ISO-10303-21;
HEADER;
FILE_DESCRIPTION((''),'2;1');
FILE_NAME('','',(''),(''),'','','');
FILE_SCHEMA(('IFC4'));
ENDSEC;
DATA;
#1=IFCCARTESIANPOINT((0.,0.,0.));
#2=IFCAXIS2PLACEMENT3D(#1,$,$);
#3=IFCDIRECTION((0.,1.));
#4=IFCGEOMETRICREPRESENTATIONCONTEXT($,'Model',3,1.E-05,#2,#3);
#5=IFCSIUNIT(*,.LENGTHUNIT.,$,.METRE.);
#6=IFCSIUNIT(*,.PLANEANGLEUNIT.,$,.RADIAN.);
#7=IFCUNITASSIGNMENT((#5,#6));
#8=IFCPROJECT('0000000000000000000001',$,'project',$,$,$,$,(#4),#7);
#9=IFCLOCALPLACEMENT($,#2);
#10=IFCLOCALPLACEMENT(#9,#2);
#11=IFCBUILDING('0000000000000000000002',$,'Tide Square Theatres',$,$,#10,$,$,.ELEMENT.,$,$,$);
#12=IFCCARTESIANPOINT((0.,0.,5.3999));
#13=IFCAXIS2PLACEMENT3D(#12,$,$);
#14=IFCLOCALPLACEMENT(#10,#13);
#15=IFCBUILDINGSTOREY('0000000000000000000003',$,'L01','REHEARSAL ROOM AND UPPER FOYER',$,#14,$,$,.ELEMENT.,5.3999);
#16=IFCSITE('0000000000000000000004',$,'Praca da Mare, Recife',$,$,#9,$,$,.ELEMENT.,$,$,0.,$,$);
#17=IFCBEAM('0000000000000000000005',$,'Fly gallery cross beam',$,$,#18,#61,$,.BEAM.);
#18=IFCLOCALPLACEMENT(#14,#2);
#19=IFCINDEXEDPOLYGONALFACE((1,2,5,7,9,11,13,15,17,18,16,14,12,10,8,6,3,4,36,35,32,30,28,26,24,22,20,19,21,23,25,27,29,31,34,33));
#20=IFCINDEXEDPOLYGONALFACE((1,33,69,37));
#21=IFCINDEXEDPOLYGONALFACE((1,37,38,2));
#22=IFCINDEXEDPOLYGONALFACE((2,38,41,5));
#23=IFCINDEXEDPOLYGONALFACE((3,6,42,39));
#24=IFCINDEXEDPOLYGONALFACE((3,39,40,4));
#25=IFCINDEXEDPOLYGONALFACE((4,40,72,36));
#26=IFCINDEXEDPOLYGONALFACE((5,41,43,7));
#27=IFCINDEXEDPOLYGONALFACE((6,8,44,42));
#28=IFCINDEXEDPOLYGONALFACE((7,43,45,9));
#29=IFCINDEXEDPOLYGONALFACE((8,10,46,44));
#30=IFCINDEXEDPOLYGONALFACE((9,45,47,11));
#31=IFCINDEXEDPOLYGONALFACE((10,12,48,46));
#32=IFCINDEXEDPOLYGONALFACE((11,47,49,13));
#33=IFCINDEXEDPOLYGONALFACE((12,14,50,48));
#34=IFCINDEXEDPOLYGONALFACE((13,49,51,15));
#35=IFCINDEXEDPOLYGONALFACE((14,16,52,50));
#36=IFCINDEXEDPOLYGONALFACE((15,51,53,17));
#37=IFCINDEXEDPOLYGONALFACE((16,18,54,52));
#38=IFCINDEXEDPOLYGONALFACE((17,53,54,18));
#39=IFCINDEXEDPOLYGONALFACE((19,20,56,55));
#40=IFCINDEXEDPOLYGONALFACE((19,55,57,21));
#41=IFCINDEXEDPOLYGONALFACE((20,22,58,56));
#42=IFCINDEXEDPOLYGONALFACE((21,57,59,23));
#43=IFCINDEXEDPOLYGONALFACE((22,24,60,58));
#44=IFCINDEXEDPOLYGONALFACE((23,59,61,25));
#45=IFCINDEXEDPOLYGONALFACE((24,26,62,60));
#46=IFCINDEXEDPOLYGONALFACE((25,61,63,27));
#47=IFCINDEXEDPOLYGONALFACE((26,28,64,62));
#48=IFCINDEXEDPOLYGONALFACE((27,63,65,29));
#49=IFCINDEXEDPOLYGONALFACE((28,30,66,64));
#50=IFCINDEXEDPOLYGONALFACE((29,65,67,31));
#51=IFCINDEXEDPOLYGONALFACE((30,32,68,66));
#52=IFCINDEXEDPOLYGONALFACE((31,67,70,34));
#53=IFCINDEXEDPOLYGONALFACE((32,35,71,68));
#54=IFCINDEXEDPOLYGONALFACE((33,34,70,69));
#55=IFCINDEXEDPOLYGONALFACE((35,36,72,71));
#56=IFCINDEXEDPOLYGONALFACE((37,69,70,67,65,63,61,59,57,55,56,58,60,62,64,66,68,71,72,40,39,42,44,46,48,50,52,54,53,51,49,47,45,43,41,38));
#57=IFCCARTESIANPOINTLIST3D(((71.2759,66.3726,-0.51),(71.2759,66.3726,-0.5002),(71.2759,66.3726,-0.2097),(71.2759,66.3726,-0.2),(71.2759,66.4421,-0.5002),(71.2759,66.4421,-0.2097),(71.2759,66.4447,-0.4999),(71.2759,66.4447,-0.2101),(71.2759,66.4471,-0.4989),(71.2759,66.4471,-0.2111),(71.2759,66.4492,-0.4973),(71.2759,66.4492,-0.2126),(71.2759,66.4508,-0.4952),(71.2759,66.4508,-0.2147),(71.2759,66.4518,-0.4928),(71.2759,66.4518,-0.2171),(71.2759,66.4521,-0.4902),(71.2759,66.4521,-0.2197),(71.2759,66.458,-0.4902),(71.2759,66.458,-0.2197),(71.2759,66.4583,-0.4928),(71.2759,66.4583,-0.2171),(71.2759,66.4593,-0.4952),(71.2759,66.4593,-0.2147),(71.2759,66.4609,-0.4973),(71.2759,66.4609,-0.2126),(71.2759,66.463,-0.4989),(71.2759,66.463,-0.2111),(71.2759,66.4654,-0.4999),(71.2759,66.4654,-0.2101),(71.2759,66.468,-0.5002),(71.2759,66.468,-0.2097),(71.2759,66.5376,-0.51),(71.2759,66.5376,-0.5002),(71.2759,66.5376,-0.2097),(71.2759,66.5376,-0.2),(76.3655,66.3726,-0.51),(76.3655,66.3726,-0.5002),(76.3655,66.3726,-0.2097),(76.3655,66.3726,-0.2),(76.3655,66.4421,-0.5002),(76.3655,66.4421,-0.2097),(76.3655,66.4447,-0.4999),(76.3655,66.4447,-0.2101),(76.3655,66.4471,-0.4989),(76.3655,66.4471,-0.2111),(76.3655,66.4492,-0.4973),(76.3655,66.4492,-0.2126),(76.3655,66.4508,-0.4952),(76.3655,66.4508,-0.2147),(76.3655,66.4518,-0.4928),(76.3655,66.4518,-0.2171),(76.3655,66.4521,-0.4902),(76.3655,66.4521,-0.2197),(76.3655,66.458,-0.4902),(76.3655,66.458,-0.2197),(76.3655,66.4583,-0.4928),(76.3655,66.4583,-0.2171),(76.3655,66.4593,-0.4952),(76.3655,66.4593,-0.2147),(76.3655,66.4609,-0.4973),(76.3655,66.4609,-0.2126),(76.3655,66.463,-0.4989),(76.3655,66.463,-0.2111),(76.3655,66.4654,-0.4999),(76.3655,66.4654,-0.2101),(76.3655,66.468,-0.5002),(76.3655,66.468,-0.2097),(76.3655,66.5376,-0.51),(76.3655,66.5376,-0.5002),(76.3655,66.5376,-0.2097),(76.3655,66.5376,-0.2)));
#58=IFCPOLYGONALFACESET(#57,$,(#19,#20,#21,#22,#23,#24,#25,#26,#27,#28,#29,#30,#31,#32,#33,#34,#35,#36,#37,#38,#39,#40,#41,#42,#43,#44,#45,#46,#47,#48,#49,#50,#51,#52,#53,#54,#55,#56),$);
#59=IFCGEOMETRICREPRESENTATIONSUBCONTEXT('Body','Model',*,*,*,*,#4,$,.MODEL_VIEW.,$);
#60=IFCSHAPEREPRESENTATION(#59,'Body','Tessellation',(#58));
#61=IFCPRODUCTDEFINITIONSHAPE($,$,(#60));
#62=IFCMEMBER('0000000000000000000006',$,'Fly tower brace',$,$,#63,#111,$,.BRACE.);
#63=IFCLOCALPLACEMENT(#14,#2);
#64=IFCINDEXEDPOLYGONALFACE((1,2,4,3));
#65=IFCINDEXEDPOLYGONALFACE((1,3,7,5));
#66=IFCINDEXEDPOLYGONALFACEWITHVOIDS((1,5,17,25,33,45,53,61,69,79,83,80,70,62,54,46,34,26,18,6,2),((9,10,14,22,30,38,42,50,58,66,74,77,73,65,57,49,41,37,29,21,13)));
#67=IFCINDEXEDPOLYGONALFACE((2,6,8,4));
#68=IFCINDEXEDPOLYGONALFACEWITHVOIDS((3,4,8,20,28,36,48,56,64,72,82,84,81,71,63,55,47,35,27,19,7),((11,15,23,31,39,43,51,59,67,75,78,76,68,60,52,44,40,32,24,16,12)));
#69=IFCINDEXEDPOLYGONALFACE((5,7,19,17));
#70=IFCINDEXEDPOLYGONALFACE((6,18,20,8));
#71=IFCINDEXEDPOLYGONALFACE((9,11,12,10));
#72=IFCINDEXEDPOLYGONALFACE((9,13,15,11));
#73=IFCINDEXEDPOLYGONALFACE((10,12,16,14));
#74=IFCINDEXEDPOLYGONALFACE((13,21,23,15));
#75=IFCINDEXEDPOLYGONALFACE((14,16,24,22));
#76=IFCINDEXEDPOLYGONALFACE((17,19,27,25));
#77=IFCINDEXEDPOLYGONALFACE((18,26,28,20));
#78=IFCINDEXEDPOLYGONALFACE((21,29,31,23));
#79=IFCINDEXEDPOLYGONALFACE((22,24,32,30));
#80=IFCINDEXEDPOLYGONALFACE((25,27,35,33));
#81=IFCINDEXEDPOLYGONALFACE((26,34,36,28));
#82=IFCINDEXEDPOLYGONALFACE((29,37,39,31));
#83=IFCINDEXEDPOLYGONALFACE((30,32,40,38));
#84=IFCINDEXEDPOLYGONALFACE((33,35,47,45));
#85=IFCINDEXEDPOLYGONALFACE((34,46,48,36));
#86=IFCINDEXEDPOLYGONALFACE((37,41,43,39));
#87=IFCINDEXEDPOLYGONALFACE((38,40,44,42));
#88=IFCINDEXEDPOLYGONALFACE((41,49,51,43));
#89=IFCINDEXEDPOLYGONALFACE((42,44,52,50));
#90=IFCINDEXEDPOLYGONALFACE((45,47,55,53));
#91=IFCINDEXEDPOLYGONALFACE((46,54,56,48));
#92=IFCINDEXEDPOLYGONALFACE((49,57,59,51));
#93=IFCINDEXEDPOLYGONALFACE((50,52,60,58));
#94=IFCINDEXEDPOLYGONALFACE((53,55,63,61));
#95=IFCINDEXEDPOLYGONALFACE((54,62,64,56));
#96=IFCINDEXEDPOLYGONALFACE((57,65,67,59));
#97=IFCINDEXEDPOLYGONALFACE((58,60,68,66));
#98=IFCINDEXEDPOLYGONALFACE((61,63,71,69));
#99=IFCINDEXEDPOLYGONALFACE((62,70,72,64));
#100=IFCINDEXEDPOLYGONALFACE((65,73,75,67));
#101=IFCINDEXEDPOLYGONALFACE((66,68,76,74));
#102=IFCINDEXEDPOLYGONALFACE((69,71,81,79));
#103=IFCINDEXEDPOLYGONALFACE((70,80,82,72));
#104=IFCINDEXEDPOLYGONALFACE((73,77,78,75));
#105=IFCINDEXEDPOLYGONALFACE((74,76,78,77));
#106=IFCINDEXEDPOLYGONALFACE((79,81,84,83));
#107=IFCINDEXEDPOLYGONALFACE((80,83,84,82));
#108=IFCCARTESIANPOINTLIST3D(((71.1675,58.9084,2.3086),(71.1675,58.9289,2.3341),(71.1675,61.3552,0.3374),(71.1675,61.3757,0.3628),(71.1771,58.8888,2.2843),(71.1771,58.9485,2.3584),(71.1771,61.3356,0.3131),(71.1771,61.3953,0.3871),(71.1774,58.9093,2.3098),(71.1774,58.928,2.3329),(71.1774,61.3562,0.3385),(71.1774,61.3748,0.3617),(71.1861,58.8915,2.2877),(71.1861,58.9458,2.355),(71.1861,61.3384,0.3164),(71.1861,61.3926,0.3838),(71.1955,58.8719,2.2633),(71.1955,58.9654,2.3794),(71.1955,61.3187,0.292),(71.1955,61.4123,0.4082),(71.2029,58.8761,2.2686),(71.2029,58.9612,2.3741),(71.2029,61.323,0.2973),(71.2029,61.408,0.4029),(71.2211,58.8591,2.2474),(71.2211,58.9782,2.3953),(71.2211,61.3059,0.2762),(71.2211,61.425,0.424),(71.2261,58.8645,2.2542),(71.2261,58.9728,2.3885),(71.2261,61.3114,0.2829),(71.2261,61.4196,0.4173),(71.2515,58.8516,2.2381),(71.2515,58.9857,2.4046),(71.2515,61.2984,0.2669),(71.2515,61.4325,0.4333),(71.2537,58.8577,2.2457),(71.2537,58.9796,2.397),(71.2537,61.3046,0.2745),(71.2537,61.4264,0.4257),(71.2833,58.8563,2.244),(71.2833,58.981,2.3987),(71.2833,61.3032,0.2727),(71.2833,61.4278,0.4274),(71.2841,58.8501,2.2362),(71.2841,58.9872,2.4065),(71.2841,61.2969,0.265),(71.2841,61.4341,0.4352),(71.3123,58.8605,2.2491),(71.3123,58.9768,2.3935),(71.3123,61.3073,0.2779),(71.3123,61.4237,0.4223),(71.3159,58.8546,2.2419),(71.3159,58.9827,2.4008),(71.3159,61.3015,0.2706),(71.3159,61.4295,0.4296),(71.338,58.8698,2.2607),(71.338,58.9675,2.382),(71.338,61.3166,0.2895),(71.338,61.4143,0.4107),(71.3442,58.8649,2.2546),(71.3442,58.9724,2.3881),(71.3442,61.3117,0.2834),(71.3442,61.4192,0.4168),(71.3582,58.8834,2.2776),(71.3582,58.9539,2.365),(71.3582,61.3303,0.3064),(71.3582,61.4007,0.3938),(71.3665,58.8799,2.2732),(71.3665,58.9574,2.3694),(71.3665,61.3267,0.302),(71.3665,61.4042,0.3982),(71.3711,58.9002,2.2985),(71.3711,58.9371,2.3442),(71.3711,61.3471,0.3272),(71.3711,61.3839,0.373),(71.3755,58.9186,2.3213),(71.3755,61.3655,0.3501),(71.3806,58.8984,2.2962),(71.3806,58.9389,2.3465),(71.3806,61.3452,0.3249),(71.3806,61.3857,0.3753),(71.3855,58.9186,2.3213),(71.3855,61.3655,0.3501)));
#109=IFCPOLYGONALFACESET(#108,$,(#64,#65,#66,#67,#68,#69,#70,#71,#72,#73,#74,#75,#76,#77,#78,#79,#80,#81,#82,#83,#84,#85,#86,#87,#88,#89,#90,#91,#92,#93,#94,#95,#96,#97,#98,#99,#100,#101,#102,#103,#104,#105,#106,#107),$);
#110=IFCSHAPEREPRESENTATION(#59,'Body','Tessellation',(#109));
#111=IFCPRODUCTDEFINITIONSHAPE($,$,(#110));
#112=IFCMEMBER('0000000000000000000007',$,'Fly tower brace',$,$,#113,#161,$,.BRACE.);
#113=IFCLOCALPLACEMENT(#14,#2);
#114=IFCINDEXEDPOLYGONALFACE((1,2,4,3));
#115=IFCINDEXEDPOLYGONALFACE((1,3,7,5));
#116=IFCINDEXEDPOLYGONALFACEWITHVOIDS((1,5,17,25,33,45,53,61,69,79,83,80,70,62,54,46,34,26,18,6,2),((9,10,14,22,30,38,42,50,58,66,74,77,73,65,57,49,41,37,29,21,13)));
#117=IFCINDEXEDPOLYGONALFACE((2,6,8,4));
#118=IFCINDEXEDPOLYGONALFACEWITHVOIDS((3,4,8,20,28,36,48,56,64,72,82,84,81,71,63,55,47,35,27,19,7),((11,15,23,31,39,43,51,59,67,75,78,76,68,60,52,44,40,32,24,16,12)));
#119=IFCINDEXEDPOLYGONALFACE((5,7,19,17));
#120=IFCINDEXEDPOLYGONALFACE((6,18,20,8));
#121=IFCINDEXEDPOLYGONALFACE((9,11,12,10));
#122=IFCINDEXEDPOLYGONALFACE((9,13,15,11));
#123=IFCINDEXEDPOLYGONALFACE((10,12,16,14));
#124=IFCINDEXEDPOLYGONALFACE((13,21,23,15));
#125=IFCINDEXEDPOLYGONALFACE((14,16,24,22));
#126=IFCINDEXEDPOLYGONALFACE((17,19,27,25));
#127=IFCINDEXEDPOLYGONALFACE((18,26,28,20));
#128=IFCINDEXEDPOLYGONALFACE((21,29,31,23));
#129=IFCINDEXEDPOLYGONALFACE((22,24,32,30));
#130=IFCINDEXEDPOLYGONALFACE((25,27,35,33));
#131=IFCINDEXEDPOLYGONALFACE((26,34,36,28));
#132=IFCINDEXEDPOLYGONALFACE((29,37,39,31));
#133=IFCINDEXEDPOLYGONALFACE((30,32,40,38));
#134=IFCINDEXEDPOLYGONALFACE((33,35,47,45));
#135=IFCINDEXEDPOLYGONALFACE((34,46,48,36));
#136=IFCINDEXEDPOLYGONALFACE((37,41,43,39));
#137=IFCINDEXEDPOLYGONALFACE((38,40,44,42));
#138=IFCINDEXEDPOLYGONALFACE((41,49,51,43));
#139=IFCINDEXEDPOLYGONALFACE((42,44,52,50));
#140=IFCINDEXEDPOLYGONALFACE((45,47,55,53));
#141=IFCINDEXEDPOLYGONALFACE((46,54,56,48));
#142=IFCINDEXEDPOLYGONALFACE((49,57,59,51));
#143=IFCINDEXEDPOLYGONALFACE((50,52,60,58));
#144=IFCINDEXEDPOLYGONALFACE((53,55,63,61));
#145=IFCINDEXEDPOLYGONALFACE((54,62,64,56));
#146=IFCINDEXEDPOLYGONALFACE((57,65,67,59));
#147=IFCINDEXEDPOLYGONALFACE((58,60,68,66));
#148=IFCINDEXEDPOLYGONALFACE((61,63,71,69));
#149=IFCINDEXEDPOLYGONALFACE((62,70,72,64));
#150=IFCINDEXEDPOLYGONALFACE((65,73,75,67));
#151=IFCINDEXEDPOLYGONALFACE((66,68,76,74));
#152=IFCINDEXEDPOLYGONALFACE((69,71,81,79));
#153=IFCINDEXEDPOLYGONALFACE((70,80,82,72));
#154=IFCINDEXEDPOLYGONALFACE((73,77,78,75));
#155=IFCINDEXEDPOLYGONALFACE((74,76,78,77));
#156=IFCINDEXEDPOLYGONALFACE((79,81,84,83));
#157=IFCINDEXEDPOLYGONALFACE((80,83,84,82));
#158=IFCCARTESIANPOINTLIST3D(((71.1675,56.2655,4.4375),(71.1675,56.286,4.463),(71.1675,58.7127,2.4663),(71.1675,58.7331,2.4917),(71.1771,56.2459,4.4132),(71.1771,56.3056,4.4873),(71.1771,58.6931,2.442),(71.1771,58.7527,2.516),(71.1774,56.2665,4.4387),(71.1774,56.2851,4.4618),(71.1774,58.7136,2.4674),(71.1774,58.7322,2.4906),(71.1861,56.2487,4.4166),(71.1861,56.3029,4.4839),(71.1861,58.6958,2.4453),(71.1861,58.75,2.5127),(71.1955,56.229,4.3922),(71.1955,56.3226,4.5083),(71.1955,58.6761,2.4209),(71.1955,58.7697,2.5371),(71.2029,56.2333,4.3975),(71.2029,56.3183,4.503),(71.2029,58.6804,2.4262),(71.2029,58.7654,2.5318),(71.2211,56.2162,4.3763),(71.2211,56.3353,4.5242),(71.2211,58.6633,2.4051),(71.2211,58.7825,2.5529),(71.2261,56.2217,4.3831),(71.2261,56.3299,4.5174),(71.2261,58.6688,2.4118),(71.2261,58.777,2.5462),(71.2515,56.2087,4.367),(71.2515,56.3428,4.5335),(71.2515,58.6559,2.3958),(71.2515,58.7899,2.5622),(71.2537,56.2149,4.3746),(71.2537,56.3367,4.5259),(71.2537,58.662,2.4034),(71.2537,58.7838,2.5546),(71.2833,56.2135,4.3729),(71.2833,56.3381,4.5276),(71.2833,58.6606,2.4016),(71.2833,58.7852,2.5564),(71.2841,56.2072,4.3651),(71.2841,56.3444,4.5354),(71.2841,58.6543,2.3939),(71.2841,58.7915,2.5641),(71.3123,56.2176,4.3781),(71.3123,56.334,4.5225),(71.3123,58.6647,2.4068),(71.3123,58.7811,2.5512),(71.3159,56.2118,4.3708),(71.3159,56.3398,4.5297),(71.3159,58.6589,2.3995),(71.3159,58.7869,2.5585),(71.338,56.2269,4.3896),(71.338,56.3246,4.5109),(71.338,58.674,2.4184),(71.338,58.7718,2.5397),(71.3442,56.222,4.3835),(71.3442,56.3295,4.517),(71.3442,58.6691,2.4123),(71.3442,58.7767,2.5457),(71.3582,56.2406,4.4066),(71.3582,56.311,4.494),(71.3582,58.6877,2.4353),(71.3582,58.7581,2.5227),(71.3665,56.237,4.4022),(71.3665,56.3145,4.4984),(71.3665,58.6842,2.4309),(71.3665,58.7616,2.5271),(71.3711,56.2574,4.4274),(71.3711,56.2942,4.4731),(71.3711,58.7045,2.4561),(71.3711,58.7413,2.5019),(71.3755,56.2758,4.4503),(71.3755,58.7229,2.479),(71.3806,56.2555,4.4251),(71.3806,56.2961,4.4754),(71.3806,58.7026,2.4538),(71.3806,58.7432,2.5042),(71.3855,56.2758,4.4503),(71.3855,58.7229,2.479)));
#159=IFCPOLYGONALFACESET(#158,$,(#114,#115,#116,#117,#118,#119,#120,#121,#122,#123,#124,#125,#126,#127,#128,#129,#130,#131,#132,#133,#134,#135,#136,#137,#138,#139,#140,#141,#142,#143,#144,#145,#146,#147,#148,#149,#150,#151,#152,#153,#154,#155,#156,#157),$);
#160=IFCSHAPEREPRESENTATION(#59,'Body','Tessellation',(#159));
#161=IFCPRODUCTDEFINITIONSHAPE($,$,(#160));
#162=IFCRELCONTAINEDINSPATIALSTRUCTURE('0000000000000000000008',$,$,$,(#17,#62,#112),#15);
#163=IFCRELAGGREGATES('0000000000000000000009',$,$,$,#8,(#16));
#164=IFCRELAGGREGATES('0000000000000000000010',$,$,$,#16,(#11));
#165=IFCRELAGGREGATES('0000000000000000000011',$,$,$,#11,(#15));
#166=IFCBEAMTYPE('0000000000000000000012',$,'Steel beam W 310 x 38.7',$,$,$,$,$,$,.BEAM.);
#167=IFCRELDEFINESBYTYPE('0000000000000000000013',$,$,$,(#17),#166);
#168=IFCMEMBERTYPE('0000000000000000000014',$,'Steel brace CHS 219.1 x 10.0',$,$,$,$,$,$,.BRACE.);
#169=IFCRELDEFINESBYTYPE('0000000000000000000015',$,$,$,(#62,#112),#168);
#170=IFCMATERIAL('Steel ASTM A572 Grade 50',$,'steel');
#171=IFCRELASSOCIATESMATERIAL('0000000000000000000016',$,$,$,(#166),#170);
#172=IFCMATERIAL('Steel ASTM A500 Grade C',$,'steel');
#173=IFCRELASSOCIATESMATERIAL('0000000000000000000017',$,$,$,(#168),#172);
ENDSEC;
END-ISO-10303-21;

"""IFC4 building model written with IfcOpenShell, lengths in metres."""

from ifc_helpers import new_model, si_unit, direction, frame, origin, origin_2d, place, context, subcontext, project, spatial, hollow_circle, i_section, extrude, material, material_profile, profile_set, type_object, element, save


model = new_model("IFC4")

# Units and contexts
model_context = context("Model", 3, precision=1e-05, world=origin(), true_north=direction((0.0, 1.0)))
body_context = subcontext(model_context, "Body", "Model", "MODEL_VIEW")
ifc_project = project(units=[si_unit("LENGTHUNIT", "METRE"), si_unit("PLANEANGLEUNIT", "RADIAN")], contexts=[model_context])

# Site, building, storey
site_placement = place(None, origin())
site = spatial("IfcSite", under=ifc_project, at=site_placement, Name="Praca da Mare, Recife", CompositionType="ELEMENT", RefElevation=0.0)
building_placement = place(site_placement, origin())
building = spatial("IfcBuilding", under=site, at=building_placement, Name="Tide Square Theatres", CompositionType="ELEMENT")
storey_placement = place(building_placement, frame((0.0, 0.0, 5.3999)))
storey = spatial("IfcBuildingStorey", under=building, at=storey_placement, Name="L01", Description="REHEARSAL ROOM AND UPPER FOYER", CompositionType="ELEMENT", Elevation=5.3999)

# Beam
ifc_material_1 = material(Name="Steel ASTM A572 Grade 50", Category="steel")
ifc_material_profile_1 = material_profile(ifc_material_1, i_section(OverallWidth=0.165, OverallDepth=0.3101, WebThickness=0.0059, FlangeThickness=0.0098, FilletRadius=0.01, at=origin_2d()))
ifc_profile_set_1 = profile_set([ifc_material_profile_1], Name="Steel ASTM A572 Grade 50")
beam_type = type_object("IfcBeamType", Name="Steel beam W 310 x 38.7", PredefinedType="BEAM", material=ifc_profile_set_1)
beam_1_placement = place(storey_placement, frame((71.2759, 66.4551, -0.355), z_axis=(1.0, 0.0, 0.0), x_axis=(0.0, 1.0, 0.0)))
element("IfcBeam", 1, at=beam_1_placement, inside=storey, type_object=beam_type, Name="Fly gallery cross beam", PredefinedType="BEAM", context=body_context, shape_type="SweptSolid", body=[
    extrude(i_section(OverallWidth=0.165, OverallDepth=0.3101, WebThickness=0.0059, FlangeThickness=0.0098, FilletRadius=0.01, at=origin_2d()), origin(), (0.0, 0.0, 1.0), 5.0896),
])

# Members
ifc_material_2 = material(Name="Steel ASTM A500 Grade C", Category="steel")
ifc_material_profile_2 = material_profile(ifc_material_2, hollow_circle(Radius=0.1096, WallThickness=0.01, at=origin_2d()))
ifc_profile_set_2 = profile_set([ifc_material_profile_2], Name="Steel ASTM A500 Grade C")
member_type = type_object("IfcMemberType", Name="Steel brace CHS 219.1 x 10.0", PredefinedType="BRACE", material=ifc_profile_set_2)
member_1_placement = place(storey_placement, frame((71.2759, 61.3655, 0.3501), z_axis=(0.0, -0.778726, 0.627364), x_axis=(1.0, 0.0, 0.0)))
element("IfcMember", 2, at=member_1_placement, inside=storey, type_object=member_type, Name="Fly tower brace", PredefinedType="BRACE", context=body_context, shape_type="SweptSolid", body=[
    extrude(hollow_circle(Radius=0.1096, WallThickness=0.01, at=origin_2d()), origin(), (0.0, 0.0, 1.0), 3.1421),
])
member_2_placement = place(storey_placement, frame((71.2759, 58.7229, 2.479), z_axis=(0.0, -0.778757, 0.627326), x_axis=(1.0, 0.0, 0.0)))
element("IfcMember", 3, at=member_2_placement, inside=storey, type_object=member_type, Name="Fly tower brace", PredefinedType="BRACE", context=body_context, shape_type="SweptSolid", body=[
    extrude(hollow_circle(Radius=0.1096, WallThickness=0.01, at=origin_2d()), origin(), (0.0, 0.0, 1.0), 3.1423),
])

save(model, "model.ifc")
